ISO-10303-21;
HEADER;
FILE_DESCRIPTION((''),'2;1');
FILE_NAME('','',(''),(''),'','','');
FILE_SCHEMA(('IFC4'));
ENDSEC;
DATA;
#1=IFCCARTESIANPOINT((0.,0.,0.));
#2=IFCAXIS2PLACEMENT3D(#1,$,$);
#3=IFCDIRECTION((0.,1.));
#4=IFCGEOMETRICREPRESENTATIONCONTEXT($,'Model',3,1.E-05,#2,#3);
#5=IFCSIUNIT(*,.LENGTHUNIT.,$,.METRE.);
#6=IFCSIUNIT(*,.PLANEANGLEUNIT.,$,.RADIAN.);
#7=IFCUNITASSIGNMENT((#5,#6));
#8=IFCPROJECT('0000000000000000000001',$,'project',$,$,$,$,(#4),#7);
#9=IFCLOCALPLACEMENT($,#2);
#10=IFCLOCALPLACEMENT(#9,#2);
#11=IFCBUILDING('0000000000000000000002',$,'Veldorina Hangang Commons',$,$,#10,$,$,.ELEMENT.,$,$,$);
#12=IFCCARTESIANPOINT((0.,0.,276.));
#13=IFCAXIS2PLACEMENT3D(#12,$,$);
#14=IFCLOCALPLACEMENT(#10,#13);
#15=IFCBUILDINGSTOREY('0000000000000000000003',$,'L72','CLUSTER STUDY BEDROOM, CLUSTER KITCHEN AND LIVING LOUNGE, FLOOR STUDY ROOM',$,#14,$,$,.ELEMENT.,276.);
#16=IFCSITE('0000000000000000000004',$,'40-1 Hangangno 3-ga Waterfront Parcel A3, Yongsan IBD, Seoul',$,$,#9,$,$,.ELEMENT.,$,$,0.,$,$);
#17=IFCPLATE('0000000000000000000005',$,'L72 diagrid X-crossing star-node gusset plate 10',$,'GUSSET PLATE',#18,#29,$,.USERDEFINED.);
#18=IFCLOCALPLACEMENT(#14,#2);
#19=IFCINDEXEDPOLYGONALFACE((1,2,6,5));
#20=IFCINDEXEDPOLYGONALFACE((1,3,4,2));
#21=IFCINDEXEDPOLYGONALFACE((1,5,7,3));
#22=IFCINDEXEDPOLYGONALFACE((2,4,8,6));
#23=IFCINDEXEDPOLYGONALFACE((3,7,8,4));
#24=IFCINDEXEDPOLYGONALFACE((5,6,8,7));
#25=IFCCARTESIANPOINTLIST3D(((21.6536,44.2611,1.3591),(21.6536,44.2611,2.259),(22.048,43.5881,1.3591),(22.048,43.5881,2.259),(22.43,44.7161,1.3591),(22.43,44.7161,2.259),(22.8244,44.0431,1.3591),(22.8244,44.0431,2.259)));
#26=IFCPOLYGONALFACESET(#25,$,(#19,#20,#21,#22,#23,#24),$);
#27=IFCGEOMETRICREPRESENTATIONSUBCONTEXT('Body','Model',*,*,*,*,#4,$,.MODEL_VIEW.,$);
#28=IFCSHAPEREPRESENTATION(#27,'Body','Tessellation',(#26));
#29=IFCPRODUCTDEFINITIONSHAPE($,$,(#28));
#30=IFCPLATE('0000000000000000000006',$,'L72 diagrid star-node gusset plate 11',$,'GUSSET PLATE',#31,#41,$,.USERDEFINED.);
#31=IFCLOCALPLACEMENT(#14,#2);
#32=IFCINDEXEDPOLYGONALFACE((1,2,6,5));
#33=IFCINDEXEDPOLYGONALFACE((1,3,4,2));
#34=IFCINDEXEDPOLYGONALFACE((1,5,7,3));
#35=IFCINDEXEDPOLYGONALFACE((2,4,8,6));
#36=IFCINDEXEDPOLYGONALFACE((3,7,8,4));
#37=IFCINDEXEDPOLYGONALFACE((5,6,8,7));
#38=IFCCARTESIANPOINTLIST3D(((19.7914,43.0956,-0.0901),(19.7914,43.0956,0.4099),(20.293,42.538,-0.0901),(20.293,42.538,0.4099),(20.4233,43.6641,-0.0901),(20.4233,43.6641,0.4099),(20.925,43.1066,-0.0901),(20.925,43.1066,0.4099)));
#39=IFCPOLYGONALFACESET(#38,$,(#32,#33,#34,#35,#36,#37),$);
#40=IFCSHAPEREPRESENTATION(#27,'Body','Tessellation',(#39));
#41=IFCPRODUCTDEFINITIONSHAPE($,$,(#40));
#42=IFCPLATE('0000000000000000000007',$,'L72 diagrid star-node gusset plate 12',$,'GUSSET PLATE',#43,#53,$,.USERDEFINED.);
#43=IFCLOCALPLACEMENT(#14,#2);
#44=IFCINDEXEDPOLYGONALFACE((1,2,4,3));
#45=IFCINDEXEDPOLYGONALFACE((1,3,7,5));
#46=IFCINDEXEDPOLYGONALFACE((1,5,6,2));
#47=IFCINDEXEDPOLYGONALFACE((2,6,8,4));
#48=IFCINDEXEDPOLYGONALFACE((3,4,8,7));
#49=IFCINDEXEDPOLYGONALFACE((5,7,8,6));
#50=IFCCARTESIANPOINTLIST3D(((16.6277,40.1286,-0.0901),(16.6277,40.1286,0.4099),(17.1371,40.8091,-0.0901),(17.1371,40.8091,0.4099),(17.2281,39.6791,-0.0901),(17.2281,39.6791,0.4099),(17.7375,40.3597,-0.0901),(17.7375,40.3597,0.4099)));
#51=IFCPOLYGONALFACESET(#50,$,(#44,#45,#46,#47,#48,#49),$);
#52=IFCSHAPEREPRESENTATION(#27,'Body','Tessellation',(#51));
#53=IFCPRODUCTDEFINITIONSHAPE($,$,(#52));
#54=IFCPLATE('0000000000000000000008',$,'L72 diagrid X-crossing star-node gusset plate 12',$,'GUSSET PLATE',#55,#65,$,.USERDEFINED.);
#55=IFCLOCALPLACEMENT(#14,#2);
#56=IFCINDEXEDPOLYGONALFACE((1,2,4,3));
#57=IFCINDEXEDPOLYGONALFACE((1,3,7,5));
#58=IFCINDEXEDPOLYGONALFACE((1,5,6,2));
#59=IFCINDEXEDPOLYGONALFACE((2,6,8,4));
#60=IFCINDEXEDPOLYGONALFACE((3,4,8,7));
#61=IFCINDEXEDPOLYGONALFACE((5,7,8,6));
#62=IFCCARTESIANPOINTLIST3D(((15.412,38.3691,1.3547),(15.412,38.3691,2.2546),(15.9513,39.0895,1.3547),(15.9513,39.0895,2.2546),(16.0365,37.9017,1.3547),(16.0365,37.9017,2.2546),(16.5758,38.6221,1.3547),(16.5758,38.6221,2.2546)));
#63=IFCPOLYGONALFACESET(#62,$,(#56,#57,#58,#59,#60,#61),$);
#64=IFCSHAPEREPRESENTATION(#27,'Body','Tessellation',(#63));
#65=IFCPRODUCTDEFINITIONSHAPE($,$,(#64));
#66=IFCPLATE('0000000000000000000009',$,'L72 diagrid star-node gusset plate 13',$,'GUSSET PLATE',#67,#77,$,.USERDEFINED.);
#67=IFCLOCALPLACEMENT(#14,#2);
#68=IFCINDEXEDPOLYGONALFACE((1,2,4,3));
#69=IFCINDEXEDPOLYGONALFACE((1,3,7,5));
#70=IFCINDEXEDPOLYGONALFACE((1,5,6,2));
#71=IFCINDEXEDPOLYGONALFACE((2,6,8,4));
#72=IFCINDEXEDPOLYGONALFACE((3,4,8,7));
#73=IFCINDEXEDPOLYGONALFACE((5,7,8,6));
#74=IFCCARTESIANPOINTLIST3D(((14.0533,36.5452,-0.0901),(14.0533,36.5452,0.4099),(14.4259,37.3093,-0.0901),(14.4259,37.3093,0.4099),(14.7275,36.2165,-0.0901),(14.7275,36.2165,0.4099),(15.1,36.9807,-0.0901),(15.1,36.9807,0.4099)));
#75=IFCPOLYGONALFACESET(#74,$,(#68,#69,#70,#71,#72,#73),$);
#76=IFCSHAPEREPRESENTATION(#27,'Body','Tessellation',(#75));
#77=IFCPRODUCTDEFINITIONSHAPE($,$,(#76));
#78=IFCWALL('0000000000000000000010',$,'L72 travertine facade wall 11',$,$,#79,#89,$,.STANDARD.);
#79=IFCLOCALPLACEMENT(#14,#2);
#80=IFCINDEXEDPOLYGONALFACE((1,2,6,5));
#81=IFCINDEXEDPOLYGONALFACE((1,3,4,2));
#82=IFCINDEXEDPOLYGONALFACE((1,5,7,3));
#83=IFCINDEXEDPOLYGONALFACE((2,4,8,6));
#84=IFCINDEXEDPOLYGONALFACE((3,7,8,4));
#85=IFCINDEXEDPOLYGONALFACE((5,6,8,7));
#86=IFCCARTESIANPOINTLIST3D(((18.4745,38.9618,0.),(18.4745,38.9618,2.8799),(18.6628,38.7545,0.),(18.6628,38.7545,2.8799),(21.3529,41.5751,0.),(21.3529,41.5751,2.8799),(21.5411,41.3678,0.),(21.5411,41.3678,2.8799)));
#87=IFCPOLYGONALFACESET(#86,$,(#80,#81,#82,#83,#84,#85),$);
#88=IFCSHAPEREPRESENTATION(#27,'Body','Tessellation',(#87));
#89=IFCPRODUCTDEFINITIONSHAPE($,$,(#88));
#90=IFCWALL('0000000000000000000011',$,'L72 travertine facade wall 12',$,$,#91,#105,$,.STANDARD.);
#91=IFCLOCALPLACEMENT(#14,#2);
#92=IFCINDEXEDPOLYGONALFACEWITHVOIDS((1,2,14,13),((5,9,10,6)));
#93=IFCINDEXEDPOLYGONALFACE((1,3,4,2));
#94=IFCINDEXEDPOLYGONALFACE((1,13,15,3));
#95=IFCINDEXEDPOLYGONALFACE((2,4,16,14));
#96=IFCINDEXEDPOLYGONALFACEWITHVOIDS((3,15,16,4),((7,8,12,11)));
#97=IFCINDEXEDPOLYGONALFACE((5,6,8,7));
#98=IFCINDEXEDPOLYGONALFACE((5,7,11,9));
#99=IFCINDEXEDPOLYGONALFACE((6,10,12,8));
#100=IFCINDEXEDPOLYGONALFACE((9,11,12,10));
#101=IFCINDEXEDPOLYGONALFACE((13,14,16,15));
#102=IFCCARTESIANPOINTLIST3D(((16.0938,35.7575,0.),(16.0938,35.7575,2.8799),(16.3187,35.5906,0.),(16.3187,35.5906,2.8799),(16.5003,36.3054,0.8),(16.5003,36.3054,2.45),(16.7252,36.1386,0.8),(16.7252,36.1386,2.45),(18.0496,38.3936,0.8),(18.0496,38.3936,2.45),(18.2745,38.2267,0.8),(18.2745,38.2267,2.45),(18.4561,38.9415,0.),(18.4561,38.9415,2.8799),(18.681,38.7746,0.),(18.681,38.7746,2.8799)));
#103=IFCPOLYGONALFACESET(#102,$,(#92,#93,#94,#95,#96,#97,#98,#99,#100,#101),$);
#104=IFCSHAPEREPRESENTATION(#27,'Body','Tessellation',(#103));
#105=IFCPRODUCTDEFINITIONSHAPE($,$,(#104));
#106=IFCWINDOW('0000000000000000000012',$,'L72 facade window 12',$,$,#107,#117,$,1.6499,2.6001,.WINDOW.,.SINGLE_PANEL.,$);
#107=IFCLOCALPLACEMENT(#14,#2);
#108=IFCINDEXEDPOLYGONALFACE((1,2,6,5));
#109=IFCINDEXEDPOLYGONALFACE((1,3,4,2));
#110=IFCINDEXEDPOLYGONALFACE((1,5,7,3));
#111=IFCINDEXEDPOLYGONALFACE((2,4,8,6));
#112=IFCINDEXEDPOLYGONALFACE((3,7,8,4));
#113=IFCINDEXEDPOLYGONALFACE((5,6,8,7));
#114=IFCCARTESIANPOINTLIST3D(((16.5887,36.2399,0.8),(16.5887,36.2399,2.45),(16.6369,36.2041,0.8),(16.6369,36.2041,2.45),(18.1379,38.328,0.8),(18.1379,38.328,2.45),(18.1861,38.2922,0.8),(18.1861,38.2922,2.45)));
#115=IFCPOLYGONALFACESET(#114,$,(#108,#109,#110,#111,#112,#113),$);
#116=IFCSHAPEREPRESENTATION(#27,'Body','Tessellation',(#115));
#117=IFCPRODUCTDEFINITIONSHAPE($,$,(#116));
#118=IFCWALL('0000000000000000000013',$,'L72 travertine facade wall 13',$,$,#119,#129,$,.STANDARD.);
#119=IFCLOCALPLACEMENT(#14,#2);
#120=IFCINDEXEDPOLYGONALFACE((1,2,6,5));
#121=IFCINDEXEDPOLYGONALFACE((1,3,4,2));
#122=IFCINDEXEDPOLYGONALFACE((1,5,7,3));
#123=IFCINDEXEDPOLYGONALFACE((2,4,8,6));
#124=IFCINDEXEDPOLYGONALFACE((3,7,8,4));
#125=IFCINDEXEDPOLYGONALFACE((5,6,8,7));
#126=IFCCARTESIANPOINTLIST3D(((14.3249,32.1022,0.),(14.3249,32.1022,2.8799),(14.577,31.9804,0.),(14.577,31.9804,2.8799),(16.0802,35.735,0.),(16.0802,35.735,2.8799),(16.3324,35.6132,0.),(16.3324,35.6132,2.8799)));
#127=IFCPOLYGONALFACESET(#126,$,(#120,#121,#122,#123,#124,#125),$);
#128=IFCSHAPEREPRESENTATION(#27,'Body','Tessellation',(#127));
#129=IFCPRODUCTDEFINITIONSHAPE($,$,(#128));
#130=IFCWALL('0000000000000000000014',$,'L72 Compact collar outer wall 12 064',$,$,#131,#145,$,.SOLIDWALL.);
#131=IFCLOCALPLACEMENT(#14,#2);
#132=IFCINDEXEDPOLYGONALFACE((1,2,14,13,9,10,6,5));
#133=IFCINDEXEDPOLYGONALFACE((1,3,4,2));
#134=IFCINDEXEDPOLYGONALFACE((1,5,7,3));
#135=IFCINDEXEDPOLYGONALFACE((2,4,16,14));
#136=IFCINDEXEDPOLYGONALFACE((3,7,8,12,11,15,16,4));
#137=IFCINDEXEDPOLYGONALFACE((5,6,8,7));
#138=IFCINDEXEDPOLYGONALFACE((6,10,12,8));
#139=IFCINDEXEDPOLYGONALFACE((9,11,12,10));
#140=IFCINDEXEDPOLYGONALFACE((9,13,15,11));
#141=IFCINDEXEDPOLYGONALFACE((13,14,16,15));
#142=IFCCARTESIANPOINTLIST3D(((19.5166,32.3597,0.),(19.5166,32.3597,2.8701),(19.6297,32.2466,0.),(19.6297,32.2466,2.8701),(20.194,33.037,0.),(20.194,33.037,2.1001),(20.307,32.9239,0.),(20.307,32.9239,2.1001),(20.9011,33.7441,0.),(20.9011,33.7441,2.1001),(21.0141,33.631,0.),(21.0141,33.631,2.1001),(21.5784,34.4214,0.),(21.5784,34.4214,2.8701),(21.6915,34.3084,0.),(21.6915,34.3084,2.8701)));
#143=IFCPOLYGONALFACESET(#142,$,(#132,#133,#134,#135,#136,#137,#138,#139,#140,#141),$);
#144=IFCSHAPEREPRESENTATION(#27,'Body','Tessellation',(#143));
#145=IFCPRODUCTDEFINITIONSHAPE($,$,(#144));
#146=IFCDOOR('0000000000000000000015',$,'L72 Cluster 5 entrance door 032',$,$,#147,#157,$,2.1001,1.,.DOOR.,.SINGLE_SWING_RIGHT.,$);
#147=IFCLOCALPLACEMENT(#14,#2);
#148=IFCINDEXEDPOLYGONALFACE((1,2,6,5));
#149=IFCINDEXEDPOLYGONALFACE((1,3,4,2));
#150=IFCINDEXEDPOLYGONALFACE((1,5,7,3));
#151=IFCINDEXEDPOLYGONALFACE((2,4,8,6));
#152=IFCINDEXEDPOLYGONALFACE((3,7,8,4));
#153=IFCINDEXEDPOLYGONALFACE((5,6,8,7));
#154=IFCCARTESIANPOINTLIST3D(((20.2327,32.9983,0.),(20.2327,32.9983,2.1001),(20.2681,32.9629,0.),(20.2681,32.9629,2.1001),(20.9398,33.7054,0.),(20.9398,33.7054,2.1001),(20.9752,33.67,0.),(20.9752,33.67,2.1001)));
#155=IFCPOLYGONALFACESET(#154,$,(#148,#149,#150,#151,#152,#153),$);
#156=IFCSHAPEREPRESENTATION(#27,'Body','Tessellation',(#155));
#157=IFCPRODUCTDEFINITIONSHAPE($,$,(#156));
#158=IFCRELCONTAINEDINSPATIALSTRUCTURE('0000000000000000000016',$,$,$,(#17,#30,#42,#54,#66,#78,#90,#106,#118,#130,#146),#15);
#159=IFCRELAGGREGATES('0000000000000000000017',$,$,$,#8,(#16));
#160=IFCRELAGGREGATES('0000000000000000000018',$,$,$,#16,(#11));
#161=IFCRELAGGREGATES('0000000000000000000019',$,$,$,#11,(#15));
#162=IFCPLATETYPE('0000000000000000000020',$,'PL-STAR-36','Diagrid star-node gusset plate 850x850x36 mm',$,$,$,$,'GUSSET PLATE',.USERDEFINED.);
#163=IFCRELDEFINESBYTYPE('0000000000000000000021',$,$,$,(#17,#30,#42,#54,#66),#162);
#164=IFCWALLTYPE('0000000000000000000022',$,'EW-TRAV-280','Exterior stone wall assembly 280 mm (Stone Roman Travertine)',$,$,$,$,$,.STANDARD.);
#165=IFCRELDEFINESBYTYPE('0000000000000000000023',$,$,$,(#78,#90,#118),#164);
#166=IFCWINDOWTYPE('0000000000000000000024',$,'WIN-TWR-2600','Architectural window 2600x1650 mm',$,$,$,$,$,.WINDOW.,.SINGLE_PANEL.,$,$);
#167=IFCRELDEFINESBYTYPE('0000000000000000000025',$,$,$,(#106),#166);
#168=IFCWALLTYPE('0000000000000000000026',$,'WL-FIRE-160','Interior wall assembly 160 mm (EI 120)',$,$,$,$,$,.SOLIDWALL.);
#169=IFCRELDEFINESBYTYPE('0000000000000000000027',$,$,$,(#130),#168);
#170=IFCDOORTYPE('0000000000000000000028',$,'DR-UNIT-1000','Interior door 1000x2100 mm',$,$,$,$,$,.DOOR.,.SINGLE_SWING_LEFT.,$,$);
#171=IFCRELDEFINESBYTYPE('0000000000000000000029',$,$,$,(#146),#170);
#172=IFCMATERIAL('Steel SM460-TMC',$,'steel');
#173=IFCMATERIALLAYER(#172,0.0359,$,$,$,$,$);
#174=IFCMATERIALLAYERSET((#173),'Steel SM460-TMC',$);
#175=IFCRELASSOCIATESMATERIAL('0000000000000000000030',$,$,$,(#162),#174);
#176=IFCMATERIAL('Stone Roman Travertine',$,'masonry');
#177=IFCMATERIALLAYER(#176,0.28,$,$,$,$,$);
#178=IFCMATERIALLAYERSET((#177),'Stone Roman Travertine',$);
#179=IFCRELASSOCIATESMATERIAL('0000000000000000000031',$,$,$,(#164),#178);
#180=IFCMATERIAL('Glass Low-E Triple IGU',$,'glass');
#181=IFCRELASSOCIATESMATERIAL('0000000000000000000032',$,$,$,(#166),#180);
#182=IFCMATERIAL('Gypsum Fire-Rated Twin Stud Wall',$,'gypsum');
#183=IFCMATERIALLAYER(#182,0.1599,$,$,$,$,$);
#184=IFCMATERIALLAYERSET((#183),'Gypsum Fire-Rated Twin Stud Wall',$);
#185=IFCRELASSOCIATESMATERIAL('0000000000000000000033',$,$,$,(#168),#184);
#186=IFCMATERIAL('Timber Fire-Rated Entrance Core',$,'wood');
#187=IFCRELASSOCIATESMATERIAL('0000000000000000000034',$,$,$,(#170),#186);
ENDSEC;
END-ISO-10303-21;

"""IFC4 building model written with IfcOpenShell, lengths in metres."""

from ifc_helpers import new_model, si_unit, direction, frame, frame_2d, origin, origin_2d, place, context, subcontext, project, spatial, rectangle, extrude, material, layer, layer_set, type_object, element, fill, save


model = new_model("IFC4")

# Units and contexts
model_context = context("Model", 3, precision=1e-05, world=origin(), true_north=direction((0.0, 1.0)))
body_context = subcontext(model_context, "Body", "Model", "MODEL_VIEW")
ifc_project = project(units=[si_unit("LENGTHUNIT", "METRE"), si_unit("PLANEANGLEUNIT", "RADIAN")], contexts=[model_context])

# Site, building, storey
site_placement = place(None, origin())
site = spatial("IfcSite", under=ifc_project, at=site_placement, Name="40-1 Hangangno 3-ga Waterfront Parcel A3, Yongsan IBD, Seoul", CompositionType="ELEMENT", RefElevation=0.0)
building_placement = place(site_placement, origin())
building = spatial("IfcBuilding", under=site, at=building_placement, Name="Veldorina Hangang Commons", CompositionType="ELEMENT")
storey_placement = place(building_placement, frame((0.0, 0.0, 276.0)))
storey = spatial("IfcBuildingStorey", under=building, at=storey_placement, Name="L72", Description="CLUSTER STUDY BEDROOM, CLUSTER KITCHEN AND LIVING LOUNGE, FLOOR STUDY ROOM", CompositionType="ELEMENT", Elevation=276.0)

# Plates
ifc_material_1 = material(Name="Steel SM460-TMC", Category="steel")
ifc_layer_1 = layer(ifc_material_1, 0.0359)
ifc_layer_set_1 = layer_set([ifc_layer_1], Name="Steel SM460-TMC")
plate_type = type_object("IfcPlateType", Name="PL-STAR-36", Description="Diagrid star-node gusset plate 850x850x36 mm", ElementType="GUSSET PLATE", PredefinedType="USERDEFINED", material=ifc_layer_set_1)
plate_1_placement = place(storey_placement, frame((22.239, 44.1521, 1.3591), z_axis=(0.0, 0.0, 1.0), x_axis=(-0.862779, -0.505582, 0.0)))
element("IfcPlate", 1, at=plate_1_placement, inside=storey, type_object=plate_type, Name="L72 diagrid X-crossing star-node gusset plate 10", ObjectType="GUSSET PLATE", PredefinedType="USERDEFINED", context=body_context, shape_type="SweptSolid", body=[
    extrude(rectangle(XDim=0.8999, YDim=0.78, at=origin_2d()), origin(), (0.0, 0.0, 1.0), 0.8999),
])
for number, where, z_axis, x_axis, name in (
    (2, (20.3582, 43.1011, -0.0901), (0.0, 0.0, 1.0), (-0.743413, -0.668832, 0.0), "L72 diagrid star-node gusset plate 11"),
    (3, (17.1826, 40.2441, -0.0901), (0.0, 0.0, 1.0), (-0.599261, -0.800554, 0.0), "L72 diagrid star-node gusset plate 12"),
):
    element("IfcPlate", number, at=place(storey_placement, frame(where, z_axis=z_axis, x_axis=x_axis)), inside=storey, type_object=plate_type, Name=name, ObjectType="GUSSET PLATE", PredefinedType="USERDEFINED", context=body_context, shape_type="SweptSolid", body=[
        extrude(rectangle(XDim=0.8501, YDim=0.75, at=origin_2d()), origin(), (0.0, 0.0, 1.0), 0.5),
    ])
plate_2_placement = place(storey_placement, frame((15.9939, 38.4956, 1.3547), z_axis=(0.0, 0.0, 1.0), x_axis=(-0.599261, -0.800554, 0.0)))
element("IfcPlate", 4, at=plate_2_placement, inside=storey, type_object=plate_type, Name="L72 diagrid X-crossing star-node gusset plate 12", ObjectType="GUSSET PLATE", PredefinedType="USERDEFINED", context=body_context, shape_type="SweptSolid", body=[
    extrude(rectangle(XDim=0.8999, YDim=0.78, at=origin_2d()), origin(), (0.0, 0.0, 1.0), 0.8999),
])
plate_3_placement = place(storey_placement, frame((14.5767, 36.7629, -0.0901), z_axis=(0.0, 0.0, 1.0), x_axis=(-0.438246, -0.898855, 0.0)))
element("IfcPlate", 5, at=plate_3_placement, inside=storey, type_object=plate_type, Name="L72 diagrid star-node gusset plate 13", ObjectType="GUSSET PLATE", PredefinedType="USERDEFINED", context=body_context, shape_type="SweptSolid", body=[
    extrude(rectangle(XDim=0.8501, YDim=0.75, at=origin_2d()), origin(), (0.0, 0.0, 1.0), 0.5),
])

# Wall
ifc_material_2 = material(Name="Stone Roman Travertine", Category="masonry")
ifc_layer_2 = layer(ifc_material_2, 0.28)
ifc_layer_set_2 = layer_set([ifc_layer_2], Name="Stone Roman Travertine")
wall_type_1 = type_object("IfcWallType", Name="EW-TRAV-280", Description="Exterior stone wall assembly 280 mm (Stone Roman Travertine)", PredefinedType="STANDARD", material=ifc_layer_set_2)
wall_1_placement = place(storey_placement, frame((21.447, 41.4714, 0.0), z_axis=(0.0, 0.0, 1.0), x_axis=(-0.740383, -0.672185, 0.0)))
element("IfcWall", 6, at=wall_1_placement, inside=storey, type_object=wall_type_1, Name="L72 travertine facade wall 11", PredefinedType="STANDARD", context=body_context, shape_type="SweptSolid", body=[
    extrude(rectangle(XDim=3.8877, YDim=0.28, at=frame_2d((1.9438, 0.0))), origin(), (0.0, 0.0, 1.0), 2.8799),
])

# Wall, opening, window
wall_2_placement = place(storey_placement, frame((18.5686, 38.8582, 0.0), z_axis=(0.0, 0.0, 1.0), x_axis=(-0.595834, -0.803108, 0.0)))
wall_2 = element("IfcWall", 7, at=wall_2_placement, inside=storey, type_object=wall_type_1, Name="L72 travertine facade wall 12", PredefinedType="STANDARD", context=body_context, shape_type="SweptSolid", body=[
    extrude(rectangle(XDim=3.9646, YDim=0.28, at=frame_2d((1.9824, 0.0))), origin(), (0.0, 0.0, 1.0), 2.8799),
])
opening_1_placement = place(wall_2_placement, frame((0.6824, 0.0, 0.8)))
opening_1 = element("IfcOpeningElement", 8, at=opening_1_placement, cuts=wall_2, PredefinedType="OPENING", context=body_context, shape_type="SweptSolid", body=[
    extrude(rectangle(XDim=2.6001, YDim=1.6499, at=frame_2d((1.3, 0.825))), frame((0.0, 0.1499, 0.0), z_axis=(0.0, -1.0, 0.0), x_axis=(1.0, 0.0, 0.0)), (0.0, 0.0, 1.0), 0.3),
])
ifc_material_3 = material(Name="Glass Low-E Triple IGU", Category="glass")
window_type = type_object("IfcWindowType", Name="WIN-TWR-2600", Description="Architectural window 2600x1650 mm", PartitioningType="SINGLE_PANEL", PredefinedType="WINDOW", material=ifc_material_3)
window_placement = place(opening_1_placement, origin())
window = element("IfcWindow", 9, at=window_placement, inside=storey, type_object=window_type, Name="L72 facade window 12", OverallHeight=1.6499, OverallWidth=2.6001, PartitioningType="SINGLE_PANEL", PredefinedType="WINDOW", context=body_context, shape_type="SweptSolid", body=[
    extrude(rectangle(XDim=2.6001, YDim=1.6499, at=frame_2d((1.3, 0.825))), frame((0.0, 0.03, 0.0), z_axis=(0.0, -1.0, 0.0), x_axis=(1.0, 0.0, 0.0)), (0.0, 0.0, 1.0), 0.0601),
])
fill(opening_1, window)

# Wall
wall_3_placement = place(storey_placement, frame((16.2063, 35.6741, 0.0), z_axis=(0.0, 0.0, 1.0), x_axis=(-0.435071, -0.900396, 0.0)))
element("IfcWall", 10, at=wall_3_placement, inside=storey, type_object=wall_type_1, Name="L72 travertine facade wall 13", PredefinedType="STANDARD", context=body_context, shape_type="SweptSolid", body=[
    extrude(rectangle(XDim=4.0347, YDim=0.28, at=frame_2d((2.0173, 0.0))), origin(), (0.0, 0.0, 1.0), 2.8799),
])

# Wall, opening, door
ifc_material_4 = material(Name="Gypsum Fire-Rated Twin Stud Wall", Category="gypsum")
ifc_layer_3 = layer(ifc_material_4, 0.1599)
ifc_layer_set_3 = layer_set([ifc_layer_3], Name="Gypsum Fire-Rated Twin Stud Wall")
wall_type_2 = type_object("IfcWallType", Name="WL-FIRE-160", Description="Interior wall assembly 160 mm (EI 120)", PredefinedType="SOLIDWALL", material=ifc_layer_set_3)
wall_4_placement = place(storey_placement, frame((21.635, 34.365, 0.0), z_axis=(0.0, 0.0, 1.0), x_axis=(-0.707107, -0.707107, 0.0)))
wall_4 = element("IfcWall", 11, at=wall_4_placement, inside=storey, type_object=wall_type_2, Name="L72 Compact collar outer wall 12 064", PredefinedType="SOLIDWALL", context=body_context, shape_type="SweptSolid", body=[
    extrude(rectangle(XDim=2.9158, YDim=0.1599, at=frame_2d((1.458, 0.0))), origin(), (0.0, 0.0, 1.0), 2.8701),
])
opening_2_placement = place(wall_4_placement, frame((0.958, 0.0, 0.0)))
opening_2 = element("IfcOpeningElement", 12, at=opening_2_placement, cuts=wall_4, PredefinedType="OPENING", context=body_context, shape_type="SweptSolid", body=[
    extrude(rectangle(XDim=1.0, YDim=2.1001, at=frame_2d((0.5, 1.05))), frame((0.0, 0.0898, 0.0), z_axis=(0.0, -1.0, 0.0), x_axis=(1.0, 0.0, 0.0)), (0.0, 0.0, 1.0), 0.1799),
])
ifc_material_5 = material(Name="Timber Fire-Rated Entrance Core", Category="wood")
door_type_1 = type_object("IfcDoorType", Name="DR-UNIT-1000", Description="Interior door 1000x2100 mm", OperationType="SINGLE_SWING_LEFT", PredefinedType="DOOR", material=ifc_material_5)
door_1_placement = place(opening_2_placement, origin())
door_1 = element("IfcDoor", 13, at=door_1_placement, inside=storey, type_object=door_type_1, Name="L72 Cluster 5 entrance door 032", OperationType="SINGLE_SWING_RIGHT", OverallHeight=2.1001, OverallWidth=1.0, PredefinedType="DOOR", context=body_context, shape_type="SweptSolid", body=[
    extrude(rectangle(XDim=1.0, YDim=2.1001, at=frame_2d((0.5, 1.05))), frame((0.0, 0.0249, 0.0), z_axis=(0.0, -1.0, 0.0), x_axis=(1.0, 0.0, 0.0)), (0.0, 0.0, 1.0), 0.05),
])
fill(opening_2, door_1)

save(model, "model.ifc")
